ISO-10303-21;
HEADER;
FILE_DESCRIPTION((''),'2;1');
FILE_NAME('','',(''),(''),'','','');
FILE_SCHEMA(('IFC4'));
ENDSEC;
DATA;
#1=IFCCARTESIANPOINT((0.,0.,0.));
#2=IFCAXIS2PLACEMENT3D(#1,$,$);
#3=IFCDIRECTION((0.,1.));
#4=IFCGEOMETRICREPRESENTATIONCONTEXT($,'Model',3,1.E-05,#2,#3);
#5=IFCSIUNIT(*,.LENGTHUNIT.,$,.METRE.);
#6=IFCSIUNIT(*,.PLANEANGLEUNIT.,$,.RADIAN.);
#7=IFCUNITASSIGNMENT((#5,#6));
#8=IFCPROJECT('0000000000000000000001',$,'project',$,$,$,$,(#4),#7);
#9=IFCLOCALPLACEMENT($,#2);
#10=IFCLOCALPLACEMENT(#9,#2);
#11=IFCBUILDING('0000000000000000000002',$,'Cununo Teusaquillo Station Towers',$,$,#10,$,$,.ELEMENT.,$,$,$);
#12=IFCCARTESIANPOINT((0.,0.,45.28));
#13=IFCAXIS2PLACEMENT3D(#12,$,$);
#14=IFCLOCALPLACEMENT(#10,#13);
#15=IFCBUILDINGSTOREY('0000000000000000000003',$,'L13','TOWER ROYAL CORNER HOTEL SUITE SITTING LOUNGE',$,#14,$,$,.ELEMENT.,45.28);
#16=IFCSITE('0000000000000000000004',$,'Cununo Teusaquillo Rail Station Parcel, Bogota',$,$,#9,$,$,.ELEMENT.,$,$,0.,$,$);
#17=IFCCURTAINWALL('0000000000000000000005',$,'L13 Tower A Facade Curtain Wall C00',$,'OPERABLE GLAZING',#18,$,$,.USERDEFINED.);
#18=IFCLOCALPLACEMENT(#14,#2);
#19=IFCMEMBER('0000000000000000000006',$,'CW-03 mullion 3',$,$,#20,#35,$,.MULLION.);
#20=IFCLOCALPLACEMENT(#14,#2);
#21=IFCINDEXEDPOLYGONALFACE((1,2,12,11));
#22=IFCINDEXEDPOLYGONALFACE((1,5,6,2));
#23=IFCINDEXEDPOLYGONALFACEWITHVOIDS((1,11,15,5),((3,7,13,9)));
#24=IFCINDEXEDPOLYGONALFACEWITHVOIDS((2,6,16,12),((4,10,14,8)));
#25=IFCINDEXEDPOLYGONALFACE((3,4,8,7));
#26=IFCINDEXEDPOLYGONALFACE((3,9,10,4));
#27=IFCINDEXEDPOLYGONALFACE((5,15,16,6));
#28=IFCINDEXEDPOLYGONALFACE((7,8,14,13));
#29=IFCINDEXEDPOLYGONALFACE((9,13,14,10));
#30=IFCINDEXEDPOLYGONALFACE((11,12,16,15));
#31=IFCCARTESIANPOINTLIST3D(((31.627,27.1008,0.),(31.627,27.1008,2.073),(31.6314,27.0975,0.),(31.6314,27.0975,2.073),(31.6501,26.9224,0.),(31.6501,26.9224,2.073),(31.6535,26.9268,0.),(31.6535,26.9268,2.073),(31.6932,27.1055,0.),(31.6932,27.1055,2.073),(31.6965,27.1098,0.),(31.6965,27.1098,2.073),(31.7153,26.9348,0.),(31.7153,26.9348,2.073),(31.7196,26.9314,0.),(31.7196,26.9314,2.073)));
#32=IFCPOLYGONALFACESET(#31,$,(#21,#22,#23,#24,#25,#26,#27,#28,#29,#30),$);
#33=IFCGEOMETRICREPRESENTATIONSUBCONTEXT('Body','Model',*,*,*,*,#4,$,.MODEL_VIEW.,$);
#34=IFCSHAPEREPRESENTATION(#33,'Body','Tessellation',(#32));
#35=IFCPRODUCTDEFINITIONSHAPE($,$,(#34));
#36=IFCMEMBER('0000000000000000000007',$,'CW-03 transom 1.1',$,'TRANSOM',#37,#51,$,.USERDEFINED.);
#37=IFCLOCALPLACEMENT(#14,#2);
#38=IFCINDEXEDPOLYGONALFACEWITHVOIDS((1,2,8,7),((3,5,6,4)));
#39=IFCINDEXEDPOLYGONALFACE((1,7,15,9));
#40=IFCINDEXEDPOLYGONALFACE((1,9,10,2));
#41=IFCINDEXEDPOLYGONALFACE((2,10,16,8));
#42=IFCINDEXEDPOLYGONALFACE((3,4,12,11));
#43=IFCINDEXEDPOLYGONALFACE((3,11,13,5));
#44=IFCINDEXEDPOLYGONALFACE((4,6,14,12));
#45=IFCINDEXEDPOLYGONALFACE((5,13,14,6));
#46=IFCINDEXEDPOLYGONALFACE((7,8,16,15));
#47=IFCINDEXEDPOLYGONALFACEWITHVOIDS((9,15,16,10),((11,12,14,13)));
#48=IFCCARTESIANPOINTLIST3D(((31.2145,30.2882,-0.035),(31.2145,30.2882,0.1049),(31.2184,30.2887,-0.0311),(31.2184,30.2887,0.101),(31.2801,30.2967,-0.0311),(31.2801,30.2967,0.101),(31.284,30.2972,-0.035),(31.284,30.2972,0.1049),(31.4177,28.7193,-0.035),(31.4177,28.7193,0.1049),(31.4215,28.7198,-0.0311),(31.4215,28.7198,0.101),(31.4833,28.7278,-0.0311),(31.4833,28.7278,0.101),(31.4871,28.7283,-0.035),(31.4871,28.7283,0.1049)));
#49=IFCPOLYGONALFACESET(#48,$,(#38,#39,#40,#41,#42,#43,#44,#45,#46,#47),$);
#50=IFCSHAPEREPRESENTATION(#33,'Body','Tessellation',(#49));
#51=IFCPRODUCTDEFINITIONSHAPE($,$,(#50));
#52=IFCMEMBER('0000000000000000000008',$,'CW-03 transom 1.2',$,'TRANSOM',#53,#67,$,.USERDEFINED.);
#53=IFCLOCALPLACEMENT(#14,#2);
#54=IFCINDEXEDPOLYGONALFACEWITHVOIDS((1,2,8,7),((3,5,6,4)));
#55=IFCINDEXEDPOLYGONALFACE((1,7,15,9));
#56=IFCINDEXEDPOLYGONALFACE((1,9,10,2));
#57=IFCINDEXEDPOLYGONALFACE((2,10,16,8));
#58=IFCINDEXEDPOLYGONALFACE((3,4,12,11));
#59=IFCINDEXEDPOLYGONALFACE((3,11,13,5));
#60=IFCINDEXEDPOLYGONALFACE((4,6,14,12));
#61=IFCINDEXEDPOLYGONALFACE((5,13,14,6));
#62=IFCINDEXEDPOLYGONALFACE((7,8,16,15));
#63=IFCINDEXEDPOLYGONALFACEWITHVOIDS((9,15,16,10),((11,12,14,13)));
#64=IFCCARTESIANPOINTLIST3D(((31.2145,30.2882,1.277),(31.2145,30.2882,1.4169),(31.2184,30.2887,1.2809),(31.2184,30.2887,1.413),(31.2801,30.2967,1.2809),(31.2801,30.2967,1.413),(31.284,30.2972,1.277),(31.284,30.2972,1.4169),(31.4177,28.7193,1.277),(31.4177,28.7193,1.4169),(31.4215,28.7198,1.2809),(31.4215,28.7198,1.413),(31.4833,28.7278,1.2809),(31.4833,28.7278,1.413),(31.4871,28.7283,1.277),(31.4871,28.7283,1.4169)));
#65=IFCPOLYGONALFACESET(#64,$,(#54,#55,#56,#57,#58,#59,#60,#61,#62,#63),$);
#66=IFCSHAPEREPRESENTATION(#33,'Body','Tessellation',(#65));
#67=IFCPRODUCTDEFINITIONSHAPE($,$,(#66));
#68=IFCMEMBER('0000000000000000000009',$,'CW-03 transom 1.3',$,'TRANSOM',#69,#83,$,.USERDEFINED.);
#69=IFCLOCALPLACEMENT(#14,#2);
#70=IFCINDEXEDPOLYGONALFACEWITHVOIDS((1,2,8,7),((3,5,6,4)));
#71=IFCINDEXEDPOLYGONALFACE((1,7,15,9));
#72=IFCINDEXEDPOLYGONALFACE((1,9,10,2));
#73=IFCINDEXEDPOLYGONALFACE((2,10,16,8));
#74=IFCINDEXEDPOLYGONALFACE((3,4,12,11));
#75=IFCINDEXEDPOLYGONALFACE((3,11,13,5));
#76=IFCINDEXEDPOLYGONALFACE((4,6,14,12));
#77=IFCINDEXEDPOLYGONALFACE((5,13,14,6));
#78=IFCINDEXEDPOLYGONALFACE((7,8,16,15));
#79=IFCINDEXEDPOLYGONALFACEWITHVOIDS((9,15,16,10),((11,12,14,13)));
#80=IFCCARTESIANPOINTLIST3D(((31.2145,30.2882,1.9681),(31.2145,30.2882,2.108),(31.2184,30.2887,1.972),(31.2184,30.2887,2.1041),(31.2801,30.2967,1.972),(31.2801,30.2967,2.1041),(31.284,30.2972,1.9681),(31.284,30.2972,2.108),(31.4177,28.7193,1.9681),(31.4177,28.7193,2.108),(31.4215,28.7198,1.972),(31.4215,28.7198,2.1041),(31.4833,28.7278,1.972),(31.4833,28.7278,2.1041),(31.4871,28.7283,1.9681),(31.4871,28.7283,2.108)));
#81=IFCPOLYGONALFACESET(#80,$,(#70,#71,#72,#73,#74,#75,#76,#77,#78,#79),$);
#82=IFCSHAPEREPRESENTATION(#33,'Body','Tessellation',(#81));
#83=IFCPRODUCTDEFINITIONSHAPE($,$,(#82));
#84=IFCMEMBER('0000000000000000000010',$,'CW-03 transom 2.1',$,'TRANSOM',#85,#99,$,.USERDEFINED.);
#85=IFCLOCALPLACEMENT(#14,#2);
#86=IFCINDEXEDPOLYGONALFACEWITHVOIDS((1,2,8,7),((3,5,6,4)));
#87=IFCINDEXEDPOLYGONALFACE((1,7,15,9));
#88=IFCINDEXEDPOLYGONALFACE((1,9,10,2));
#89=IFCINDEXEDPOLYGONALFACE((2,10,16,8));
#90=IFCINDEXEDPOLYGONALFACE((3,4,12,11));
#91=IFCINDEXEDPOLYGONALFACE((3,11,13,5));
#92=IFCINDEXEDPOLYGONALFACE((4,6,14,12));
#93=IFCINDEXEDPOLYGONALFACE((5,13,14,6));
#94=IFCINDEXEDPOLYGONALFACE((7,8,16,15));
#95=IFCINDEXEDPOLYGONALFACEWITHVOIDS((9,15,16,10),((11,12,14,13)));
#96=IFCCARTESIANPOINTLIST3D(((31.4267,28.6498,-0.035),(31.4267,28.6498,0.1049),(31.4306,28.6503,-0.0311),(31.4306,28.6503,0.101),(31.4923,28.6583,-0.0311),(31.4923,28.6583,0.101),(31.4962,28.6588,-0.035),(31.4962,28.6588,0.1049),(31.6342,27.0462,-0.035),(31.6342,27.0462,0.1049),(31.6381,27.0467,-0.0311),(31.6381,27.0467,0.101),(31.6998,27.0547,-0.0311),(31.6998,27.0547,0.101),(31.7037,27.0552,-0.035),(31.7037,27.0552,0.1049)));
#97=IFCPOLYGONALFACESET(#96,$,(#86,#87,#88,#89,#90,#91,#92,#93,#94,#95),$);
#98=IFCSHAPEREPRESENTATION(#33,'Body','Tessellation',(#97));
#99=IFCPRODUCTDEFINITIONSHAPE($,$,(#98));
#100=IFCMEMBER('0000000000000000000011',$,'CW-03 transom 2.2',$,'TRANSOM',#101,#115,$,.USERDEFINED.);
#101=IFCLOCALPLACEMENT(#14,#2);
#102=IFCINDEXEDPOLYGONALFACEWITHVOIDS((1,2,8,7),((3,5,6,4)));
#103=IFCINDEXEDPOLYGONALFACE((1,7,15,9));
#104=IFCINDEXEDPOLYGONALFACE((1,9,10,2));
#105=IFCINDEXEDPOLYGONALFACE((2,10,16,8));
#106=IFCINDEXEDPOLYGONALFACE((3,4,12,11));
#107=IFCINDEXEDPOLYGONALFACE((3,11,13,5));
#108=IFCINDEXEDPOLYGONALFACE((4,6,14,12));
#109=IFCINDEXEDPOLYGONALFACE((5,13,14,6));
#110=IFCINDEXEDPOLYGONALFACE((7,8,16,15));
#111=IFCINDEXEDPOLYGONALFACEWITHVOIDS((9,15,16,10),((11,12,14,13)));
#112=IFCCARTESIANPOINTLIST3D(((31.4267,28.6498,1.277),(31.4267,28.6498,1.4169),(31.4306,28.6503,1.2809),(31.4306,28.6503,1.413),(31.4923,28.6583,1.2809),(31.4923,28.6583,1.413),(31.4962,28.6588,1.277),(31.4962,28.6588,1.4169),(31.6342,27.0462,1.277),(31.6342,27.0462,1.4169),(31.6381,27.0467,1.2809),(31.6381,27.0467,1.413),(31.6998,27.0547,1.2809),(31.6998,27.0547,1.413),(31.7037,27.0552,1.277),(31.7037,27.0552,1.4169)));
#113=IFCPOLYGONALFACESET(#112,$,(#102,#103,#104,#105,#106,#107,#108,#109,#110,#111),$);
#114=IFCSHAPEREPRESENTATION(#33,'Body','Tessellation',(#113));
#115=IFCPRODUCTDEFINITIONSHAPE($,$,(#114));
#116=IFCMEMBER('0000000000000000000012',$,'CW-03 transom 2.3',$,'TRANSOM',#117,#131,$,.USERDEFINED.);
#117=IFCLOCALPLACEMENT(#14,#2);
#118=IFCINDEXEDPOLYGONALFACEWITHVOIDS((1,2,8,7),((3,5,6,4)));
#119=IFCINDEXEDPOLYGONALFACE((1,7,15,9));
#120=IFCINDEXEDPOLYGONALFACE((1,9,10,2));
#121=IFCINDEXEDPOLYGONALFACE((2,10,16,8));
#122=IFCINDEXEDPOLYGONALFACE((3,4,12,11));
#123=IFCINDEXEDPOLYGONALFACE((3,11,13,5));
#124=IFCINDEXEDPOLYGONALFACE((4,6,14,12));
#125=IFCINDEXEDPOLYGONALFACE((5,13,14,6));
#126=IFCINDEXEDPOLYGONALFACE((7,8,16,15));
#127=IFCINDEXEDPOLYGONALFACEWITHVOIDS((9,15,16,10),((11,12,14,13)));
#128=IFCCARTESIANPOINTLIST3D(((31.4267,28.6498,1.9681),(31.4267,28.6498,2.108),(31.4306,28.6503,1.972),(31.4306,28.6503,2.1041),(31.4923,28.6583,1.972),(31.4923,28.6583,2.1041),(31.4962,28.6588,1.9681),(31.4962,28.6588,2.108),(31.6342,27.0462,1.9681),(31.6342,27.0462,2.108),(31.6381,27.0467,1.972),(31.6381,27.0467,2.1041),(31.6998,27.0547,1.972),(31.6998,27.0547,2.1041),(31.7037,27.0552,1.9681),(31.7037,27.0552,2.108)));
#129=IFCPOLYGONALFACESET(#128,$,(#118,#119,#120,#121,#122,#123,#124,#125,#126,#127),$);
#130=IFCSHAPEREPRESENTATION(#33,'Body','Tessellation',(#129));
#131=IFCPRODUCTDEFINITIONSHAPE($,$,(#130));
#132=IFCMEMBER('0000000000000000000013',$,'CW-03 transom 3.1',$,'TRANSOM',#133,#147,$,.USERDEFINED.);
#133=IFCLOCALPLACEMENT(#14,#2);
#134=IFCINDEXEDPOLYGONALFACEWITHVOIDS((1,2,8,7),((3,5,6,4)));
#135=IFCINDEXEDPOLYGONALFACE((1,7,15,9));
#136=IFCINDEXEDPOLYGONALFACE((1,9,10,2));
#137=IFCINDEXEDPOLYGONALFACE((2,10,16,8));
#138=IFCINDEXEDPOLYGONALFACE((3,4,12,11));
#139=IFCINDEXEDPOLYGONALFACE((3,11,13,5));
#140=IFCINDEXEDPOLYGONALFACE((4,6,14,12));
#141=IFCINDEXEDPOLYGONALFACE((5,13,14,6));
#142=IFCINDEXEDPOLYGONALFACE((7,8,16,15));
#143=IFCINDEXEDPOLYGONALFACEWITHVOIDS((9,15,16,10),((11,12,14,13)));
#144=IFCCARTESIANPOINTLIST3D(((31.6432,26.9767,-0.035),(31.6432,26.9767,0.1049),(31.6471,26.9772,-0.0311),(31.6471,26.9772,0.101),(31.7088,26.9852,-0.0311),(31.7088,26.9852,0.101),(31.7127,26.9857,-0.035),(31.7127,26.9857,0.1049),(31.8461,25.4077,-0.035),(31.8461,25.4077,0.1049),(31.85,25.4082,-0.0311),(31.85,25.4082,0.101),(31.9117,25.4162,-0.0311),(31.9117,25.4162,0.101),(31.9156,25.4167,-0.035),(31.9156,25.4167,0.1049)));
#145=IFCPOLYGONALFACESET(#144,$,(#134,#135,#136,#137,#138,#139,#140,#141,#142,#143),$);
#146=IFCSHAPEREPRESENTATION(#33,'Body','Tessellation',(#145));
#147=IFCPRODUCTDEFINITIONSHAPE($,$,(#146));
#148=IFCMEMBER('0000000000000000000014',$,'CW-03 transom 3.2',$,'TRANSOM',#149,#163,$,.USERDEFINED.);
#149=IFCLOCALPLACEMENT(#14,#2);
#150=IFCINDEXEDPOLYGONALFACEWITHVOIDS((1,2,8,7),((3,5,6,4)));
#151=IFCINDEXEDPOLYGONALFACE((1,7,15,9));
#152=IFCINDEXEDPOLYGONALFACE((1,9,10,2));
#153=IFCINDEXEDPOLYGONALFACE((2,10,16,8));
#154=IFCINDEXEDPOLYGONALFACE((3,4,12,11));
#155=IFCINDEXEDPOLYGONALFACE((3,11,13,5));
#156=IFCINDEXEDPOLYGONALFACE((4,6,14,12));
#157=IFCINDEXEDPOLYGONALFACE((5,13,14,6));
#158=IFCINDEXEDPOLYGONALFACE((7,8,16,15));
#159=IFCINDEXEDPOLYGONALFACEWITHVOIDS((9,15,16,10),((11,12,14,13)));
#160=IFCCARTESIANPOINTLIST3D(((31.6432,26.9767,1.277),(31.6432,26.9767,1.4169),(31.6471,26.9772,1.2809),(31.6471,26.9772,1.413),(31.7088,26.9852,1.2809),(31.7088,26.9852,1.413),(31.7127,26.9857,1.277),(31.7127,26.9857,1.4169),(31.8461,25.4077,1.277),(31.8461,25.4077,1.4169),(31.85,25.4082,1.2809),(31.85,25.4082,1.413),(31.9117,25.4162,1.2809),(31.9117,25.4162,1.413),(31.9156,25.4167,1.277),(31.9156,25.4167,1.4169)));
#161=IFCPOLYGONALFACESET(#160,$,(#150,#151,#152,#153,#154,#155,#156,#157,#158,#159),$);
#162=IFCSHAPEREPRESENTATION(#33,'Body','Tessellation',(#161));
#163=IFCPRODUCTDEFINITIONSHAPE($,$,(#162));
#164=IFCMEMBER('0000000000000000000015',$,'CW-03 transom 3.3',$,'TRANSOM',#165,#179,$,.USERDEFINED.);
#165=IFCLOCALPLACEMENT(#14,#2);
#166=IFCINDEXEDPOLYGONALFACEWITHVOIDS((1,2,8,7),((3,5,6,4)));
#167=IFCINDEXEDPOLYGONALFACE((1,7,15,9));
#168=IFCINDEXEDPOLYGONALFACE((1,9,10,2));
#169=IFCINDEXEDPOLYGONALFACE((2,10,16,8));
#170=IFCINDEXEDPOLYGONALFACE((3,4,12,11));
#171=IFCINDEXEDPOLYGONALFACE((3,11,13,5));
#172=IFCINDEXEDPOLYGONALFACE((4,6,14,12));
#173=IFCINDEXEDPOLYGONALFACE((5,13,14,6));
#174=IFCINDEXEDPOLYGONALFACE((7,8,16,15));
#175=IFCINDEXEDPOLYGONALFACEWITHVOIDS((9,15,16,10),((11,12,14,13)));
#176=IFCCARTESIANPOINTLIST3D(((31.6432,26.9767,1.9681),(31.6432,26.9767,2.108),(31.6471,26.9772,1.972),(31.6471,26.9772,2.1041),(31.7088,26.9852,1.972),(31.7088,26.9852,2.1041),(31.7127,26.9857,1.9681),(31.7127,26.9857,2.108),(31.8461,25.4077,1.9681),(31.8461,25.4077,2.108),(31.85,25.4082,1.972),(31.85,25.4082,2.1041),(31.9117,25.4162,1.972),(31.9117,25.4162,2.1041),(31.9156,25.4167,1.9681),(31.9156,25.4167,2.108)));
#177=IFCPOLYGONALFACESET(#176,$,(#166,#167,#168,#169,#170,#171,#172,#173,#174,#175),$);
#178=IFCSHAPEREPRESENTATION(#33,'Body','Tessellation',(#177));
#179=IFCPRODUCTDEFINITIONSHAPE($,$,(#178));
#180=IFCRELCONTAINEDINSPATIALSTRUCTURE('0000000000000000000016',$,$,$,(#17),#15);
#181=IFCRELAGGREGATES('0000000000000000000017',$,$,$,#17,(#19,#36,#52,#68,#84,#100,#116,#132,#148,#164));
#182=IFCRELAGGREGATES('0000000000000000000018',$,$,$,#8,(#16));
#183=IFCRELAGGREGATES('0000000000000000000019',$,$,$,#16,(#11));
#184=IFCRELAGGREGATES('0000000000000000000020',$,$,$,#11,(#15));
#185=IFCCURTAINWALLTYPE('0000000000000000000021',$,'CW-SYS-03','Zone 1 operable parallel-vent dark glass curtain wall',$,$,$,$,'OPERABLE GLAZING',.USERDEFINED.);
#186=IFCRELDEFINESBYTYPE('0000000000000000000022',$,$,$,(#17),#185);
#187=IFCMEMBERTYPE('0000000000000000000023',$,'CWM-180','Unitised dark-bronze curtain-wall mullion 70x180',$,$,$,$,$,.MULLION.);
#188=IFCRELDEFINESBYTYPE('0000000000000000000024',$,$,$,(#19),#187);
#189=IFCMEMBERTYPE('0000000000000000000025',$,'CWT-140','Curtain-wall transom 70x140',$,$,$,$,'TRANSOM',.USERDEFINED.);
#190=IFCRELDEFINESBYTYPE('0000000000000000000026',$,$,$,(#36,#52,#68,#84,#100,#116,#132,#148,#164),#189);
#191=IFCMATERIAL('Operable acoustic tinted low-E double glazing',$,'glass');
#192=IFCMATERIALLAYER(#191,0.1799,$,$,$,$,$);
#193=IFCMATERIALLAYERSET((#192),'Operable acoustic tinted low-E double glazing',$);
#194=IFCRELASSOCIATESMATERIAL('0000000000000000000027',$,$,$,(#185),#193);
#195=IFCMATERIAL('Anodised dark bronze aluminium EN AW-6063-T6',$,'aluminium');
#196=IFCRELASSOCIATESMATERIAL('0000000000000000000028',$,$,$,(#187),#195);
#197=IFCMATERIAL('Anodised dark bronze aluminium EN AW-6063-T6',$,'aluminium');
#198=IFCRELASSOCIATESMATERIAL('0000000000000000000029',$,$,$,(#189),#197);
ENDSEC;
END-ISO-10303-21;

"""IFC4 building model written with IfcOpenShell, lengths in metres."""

from ifc_helpers import new_model, si_unit, direction, frame, origin, origin_2d, place, context, subcontext, project, spatial, hollow_rectangle, extrude, material, layer, layer_set, material_profile, profile_set, type_object, element, aggregate, save


model = new_model("IFC4")

# Units and contexts
model_context = context("Model", 3, precision=1e-05, world=origin(), true_north=direction((0.0, 1.0)))
body_context = subcontext(model_context, "Body", "Model", "MODEL_VIEW")
ifc_project = project(units=[si_unit("LENGTHUNIT", "METRE"), si_unit("PLANEANGLEUNIT", "RADIAN")], contexts=[model_context])

# Site, building, storey
site_placement = place(None, origin())
site = spatial("IfcSite", under=ifc_project, at=site_placement, Name="Cununo Teusaquillo Rail Station Parcel, Bogota", CompositionType="ELEMENT", RefElevation=0.0)
building_placement = place(site_placement, origin())
building = spatial("IfcBuilding", under=site, at=building_placement, Name="Cununo Teusaquillo Station Towers", CompositionType="ELEMENT")
storey_placement = place(building_placement, frame((0.0, 0.0, 45.28)))
storey = spatial("IfcBuildingStorey", under=building, at=storey_placement, Name="L13", Description="TOWER ROYAL CORNER HOTEL SUITE SITTING LOUNGE", CompositionType="ELEMENT", Elevation=45.28)

# Curtain wall, members
ifc_material_1 = material(Name="Operable acoustic tinted low-E double glazing", Category="glass")
ifc_layer_1 = layer(ifc_material_1, 0.1799)
ifc_layer_set_1 = layer_set([ifc_layer_1], Name="Operable acoustic tinted low-E double glazing")
curtain_wall_type = type_object("IfcCurtainWallType", Name="CW-SYS-03", Description="Zone 1 operable parallel-vent dark glass curtain wall", ElementType="OPERABLE GLAZING", PredefinedType="USERDEFINED", material=ifc_layer_set_1)
curtain_wall_placement = place(storey_placement, origin())
curtain_wall = element("IfcCurtainWall", 1, at=curtain_wall_placement, inside=storey, type_object=curtain_wall_type, Name="L13 Tower A Facade Curtain Wall C00", ObjectType="OPERABLE GLAZING", PredefinedType="USERDEFINED")
ifc_material_2 = material(Name="Anodised dark bronze aluminium EN AW-6063-T6", Category="aluminium")
ifc_material_profile_1 = material_profile(ifc_material_2, hollow_rectangle(XDim=0.0701, YDim=0.1799, WallThickness=0.0039, at=origin_2d()), Name="CW-MULL-70x180")
ifc_profile_set_1 = profile_set([ifc_material_profile_1], Name="Anodised dark bronze aluminium EN AW-6063-T6")
member_type_1 = type_object("IfcMemberType", Name="CWM-180", Description="Unitised dark-bronze curtain-wall mullion 70x180", PredefinedType="MULLION", material=ifc_profile_set_1)
member_1_placement = place(storey_placement, frame((31.6733, 27.0161, 0.0), z_axis=(0.0, 0.0, 1.0), x_axis=(0.991731, 0.128336, 0.0)))
member_1 = element("IfcMember", 2, at=member_1_placement, type_object=member_type_1, Name="CW-03 mullion 3", PredefinedType="MULLION", context=body_context, shape_type="SweptSolid", body=[
    extrude(hollow_rectangle(XDim=0.0701, YDim=0.1799, WallThickness=0.0039, at=origin_2d()), origin(), (0.0, 0.0, 1.0), 2.073),
])
ifc_material_3 = material(Name="Anodised dark bronze aluminium EN AW-6063-T6", Category="aluminium")
ifc_material_profile_2 = material_profile(ifc_material_3, hollow_rectangle(XDim=0.0701, YDim=0.1399, WallThickness=0.0039, at=origin_2d()), Name="CW-TRAN-70x140")
ifc_profile_set_2 = profile_set([ifc_material_profile_2], Name="Anodised dark bronze aluminium EN AW-6063-T6")
member_type_2 = type_object("IfcMemberType", Name="CWT-140", Description="Curtain-wall transom 70x140", ElementType="TRANSOM", PredefinedType="USERDEFINED", material=ifc_profile_set_2)
member_2_placement = place(storey_placement, frame((31.2493, 30.2927, 0.0349), z_axis=(0.128402, -0.991722, 0.0), x_axis=(0.991722, 0.128402, 0.0)))
member_2 = element("IfcMember", 3, at=member_2_placement, type_object=member_type_2, Name="CW-03 transom 1.1", ObjectType="TRANSOM", PredefinedType="USERDEFINED", context=body_context, shape_type="SweptSolid", body=[
    extrude(hollow_rectangle(XDim=0.0701, YDim=0.1399, WallThickness=0.0039, at=origin_2d()), origin(), (0.0, 0.0, 1.0), 1.582),
])
member_3_placement = place(storey_placement, frame((31.2493, 30.2927, 1.3469), z_axis=(0.128402, -0.991722, 0.0), x_axis=(0.991722, 0.128402, 0.0)))
member_3 = element("IfcMember", 4, at=member_3_placement, type_object=member_type_2, Name="CW-03 transom 1.2", ObjectType="TRANSOM", PredefinedType="USERDEFINED", context=body_context, shape_type="SweptSolid", body=[
    extrude(hollow_rectangle(XDim=0.0701, YDim=0.1399, WallThickness=0.0039, at=origin_2d()), origin(), (0.0, 0.0, 1.0), 1.582),
])
member_4_placement = place(storey_placement, frame((31.2493, 30.2927, 2.0381), z_axis=(0.128402, -0.991722, 0.0), x_axis=(0.991722, 0.128402, 0.0)))
member_4 = element("IfcMember", 5, at=member_4_placement, type_object=member_type_2, Name="CW-03 transom 1.3", ObjectType="TRANSOM", PredefinedType="USERDEFINED", context=body_context, shape_type="SweptSolid", body=[
    extrude(hollow_rectangle(XDim=0.0701, YDim=0.1399, WallThickness=0.0039, at=origin_2d()), origin(), (0.0, 0.0, 1.0), 1.582),
])
member_5_placement = place(storey_placement, frame((31.4614, 28.6543, 0.0349), z_axis=(0.128345, -0.99173, 0.0), x_axis=(0.99173, 0.128345, 0.0)))
member_5 = element("IfcMember", 6, at=member_5_placement, type_object=member_type_2, Name="CW-03 transom 2.1", ObjectType="TRANSOM", PredefinedType="USERDEFINED", context=body_context, shape_type="SweptSolid", body=[
    extrude(hollow_rectangle(XDim=0.0701, YDim=0.1399, WallThickness=0.0039, at=origin_2d()), origin(), (0.0, 0.0, 1.0), 1.6169),
])
member_6_placement = place(storey_placement, frame((31.4614, 28.6543, 1.3469), z_axis=(0.128345, -0.99173, 0.0), x_axis=(0.99173, 0.128345, 0.0)))
member_6 = element("IfcMember", 7, at=member_6_placement, type_object=member_type_2, Name="CW-03 transom 2.2", ObjectType="TRANSOM", PredefinedType="USERDEFINED", context=body_context, shape_type="SweptSolid", body=[
    extrude(hollow_rectangle(XDim=0.0701, YDim=0.1399, WallThickness=0.0039, at=origin_2d()), origin(), (0.0, 0.0, 1.0), 1.6169),
])
member_7_placement = place(storey_placement, frame((31.4614, 28.6543, 2.0381), z_axis=(0.128345, -0.99173, 0.0), x_axis=(0.99173, 0.128345, 0.0)))
member_7 = element("IfcMember", 8, at=member_7_placement, type_object=member_type_2, Name="CW-03 transom 2.3", ObjectType="TRANSOM", PredefinedType="USERDEFINED", context=body_context, shape_type="SweptSolid", body=[
    extrude(hollow_rectangle(XDim=0.0701, YDim=0.1399, WallThickness=0.0039, at=origin_2d()), origin(), (0.0, 0.0, 1.0), 1.6169),
])
member_8_placement = place(storey_placement, frame((31.678, 26.9812, 0.0349), z_axis=(0.12825, -0.991742, 0.0), x_axis=(0.991742, 0.12825, 0.0)))
member_8 = element("IfcMember", 9, at=member_8_placement, type_object=member_type_2, Name="CW-03 transom 3.1", ObjectType="TRANSOM", PredefinedType="USERDEFINED", context=body_context, shape_type="SweptSolid", body=[
    extrude(hollow_rectangle(XDim=0.0701, YDim=0.1399, WallThickness=0.0039, at=origin_2d()), origin(), (0.0, 0.0, 1.0), 1.582),
])
member_9_placement = place(storey_placement, frame((31.678, 26.9812, 1.3469), z_axis=(0.12825, -0.991742, 0.0), x_axis=(0.991742, 0.12825, 0.0)))
member_9 = element("IfcMember", 10, at=member_9_placement, type_object=member_type_2, Name="CW-03 transom 3.2", ObjectType="TRANSOM", PredefinedType="USERDEFINED", context=body_context, shape_type="SweptSolid", body=[
    extrude(hollow_rectangle(XDim=0.0701, YDim=0.1399, WallThickness=0.0039, at=origin_2d()), origin(), (0.0, 0.0, 1.0), 1.582),
])
member_10_placement = place(storey_placement, frame((31.678, 26.9812, 2.0381), z_axis=(0.12825, -0.991742, 0.0), x_axis=(0.991742, 0.12825, 0.0)))
member_10 = element("IfcMember", 11, at=member_10_placement, type_object=member_type_2, Name="CW-03 transom 3.3", ObjectType="TRANSOM", PredefinedType="USERDEFINED", context=body_context, shape_type="SweptSolid", body=[
    extrude(hollow_rectangle(XDim=0.0701, YDim=0.1399, WallThickness=0.0039, at=origin_2d()), origin(), (0.0, 0.0, 1.0), 1.582),
])
aggregate(curtain_wall, [member_1, member_2, member_3, member_4, member_5, member_6, member_7, member_8, member_9, member_10])

save(model, "model.ifc")
